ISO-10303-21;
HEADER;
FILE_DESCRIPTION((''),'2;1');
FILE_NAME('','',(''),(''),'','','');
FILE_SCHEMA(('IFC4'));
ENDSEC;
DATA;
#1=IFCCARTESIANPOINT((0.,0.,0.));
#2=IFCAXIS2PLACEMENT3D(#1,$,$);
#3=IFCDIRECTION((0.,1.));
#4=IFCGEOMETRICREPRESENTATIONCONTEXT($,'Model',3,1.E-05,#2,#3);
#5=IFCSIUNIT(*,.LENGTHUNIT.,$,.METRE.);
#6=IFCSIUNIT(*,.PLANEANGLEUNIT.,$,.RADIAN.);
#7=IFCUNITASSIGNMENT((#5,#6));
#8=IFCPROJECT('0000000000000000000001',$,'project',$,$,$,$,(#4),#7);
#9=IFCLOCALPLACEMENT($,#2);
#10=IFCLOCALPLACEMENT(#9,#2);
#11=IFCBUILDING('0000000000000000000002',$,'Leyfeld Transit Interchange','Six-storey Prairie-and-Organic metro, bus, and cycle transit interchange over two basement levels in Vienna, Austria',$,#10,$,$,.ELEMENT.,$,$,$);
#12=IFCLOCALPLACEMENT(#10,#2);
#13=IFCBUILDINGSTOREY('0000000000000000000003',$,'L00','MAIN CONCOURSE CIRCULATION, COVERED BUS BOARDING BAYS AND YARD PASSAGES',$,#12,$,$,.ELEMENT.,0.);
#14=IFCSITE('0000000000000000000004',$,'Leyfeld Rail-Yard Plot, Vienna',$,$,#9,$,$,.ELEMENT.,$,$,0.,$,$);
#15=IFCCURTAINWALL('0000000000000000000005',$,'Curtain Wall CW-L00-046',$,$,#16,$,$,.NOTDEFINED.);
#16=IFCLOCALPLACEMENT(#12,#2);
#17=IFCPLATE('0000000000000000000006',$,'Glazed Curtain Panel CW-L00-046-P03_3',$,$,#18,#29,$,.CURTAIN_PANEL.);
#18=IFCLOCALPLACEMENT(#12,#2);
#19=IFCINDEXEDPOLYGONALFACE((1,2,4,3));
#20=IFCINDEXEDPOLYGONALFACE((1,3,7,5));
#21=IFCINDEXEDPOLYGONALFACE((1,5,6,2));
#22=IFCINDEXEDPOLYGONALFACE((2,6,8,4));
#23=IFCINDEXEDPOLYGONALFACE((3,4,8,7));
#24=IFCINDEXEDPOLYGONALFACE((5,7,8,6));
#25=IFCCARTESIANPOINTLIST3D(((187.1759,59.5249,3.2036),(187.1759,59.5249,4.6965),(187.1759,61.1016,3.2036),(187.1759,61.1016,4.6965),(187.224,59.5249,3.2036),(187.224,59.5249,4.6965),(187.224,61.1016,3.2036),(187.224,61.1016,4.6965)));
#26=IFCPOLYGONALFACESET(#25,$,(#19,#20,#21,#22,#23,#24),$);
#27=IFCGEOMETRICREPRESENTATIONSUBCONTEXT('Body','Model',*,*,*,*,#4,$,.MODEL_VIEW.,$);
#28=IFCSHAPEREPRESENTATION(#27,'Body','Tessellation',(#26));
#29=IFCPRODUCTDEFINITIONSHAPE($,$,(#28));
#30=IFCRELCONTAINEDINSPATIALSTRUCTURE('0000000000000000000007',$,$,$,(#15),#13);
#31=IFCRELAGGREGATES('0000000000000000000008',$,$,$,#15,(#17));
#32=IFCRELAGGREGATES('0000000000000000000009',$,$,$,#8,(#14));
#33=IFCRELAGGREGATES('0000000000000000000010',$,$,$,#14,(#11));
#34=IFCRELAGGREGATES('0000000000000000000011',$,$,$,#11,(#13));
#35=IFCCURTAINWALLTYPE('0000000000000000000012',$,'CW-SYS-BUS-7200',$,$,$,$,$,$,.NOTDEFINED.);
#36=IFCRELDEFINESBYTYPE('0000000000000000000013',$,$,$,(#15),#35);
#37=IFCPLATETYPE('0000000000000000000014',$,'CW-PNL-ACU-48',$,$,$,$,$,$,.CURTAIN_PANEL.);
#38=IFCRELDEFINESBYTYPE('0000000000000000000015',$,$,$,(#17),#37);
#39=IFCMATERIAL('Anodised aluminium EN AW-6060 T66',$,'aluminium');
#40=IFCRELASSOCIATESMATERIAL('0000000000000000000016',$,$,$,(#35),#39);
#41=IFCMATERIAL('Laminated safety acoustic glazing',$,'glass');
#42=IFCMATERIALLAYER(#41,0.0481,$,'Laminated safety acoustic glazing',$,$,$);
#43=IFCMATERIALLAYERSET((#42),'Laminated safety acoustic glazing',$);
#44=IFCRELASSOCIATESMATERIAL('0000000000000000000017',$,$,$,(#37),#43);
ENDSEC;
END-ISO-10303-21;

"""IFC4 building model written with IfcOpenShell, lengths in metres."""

from ifc_helpers import new_model, si_unit, direction, frame, origin, origin_2d, place, context, subcontext, project, spatial, rectangle, extrude, material, layer, layer_set, type_object, element, aggregate, save


model = new_model("IFC4")

# Units and contexts
model_context = context("Model", 3, precision=1e-05, world=origin(), true_north=direction((0.0, 1.0)))
body_context = subcontext(model_context, "Body", "Model", "MODEL_VIEW")
ifc_project = project(units=[si_unit("LENGTHUNIT", "METRE"), si_unit("PLANEANGLEUNIT", "RADIAN")], contexts=[model_context])

# Site, building, storey
site_placement = place(None, origin())
site = spatial("IfcSite", under=ifc_project, at=site_placement, Name="Leyfeld Rail-Yard Plot, Vienna", CompositionType="ELEMENT", RefElevation=0.0)
building_placement = place(site_placement, origin())
building = spatial("IfcBuilding", under=site, at=building_placement, Name="Leyfeld Transit Interchange", Description="Six-storey Prairie-and-Organic metro, bus, and cycle transit interchange over two basement levels in Vienna, Austria", CompositionType="ELEMENT")
storey_placement = place(building_placement, origin())
storey = spatial("IfcBuildingStorey", under=building, at=storey_placement, Name="L00", Description="MAIN CONCOURSE CIRCULATION, COVERED BUS BOARDING BAYS AND YARD PASSAGES", CompositionType="ELEMENT", Elevation=0.0)

# Curtain wall, plate
ifc_material_1 = material(Name="Anodised aluminium EN AW-6060 T66", Category="aluminium")
curtain_wall_type = type_object("IfcCurtainWallType", Name="CW-SYS-BUS-7200", PredefinedType="NOTDEFINED", material=ifc_material_1)
curtain_wall_placement = place(storey_placement, origin())
curtain_wall = element("IfcCurtainWall", 1, at=curtain_wall_placement, inside=storey, type_object=curtain_wall_type, Name="Curtain Wall CW-L00-046", PredefinedType="NOTDEFINED")
ifc_material_2 = material(Name="Laminated safety acoustic glazing", Category="glass")
ifc_layer = layer(ifc_material_2, 0.0481, Name="Laminated safety acoustic glazing")
ifc_layer_set = layer_set([ifc_layer], Name="Laminated safety acoustic glazing")
plate_type = type_object("IfcPlateType", Name="CW-PNL-ACU-48", PredefinedType="CURTAIN_PANEL", material=ifc_layer_set)
plate_1_placement = place(storey_placement, frame((187.2, 60.3132, 3.2036), z_axis=(0.0, 0.0, 1.0), x_axis=(0.0, -1.0, 0.0)))
plate_1 = element("IfcPlate", 2, at=plate_1_placement, type_object=plate_type, Name="Glazed Curtain Panel CW-L00-046-P03_3", PredefinedType="CURTAIN_PANEL", context=body_context, shape_type="SweptSolid", body=[
    extrude(rectangle(XDim=1.5767, YDim=0.0481, at=origin_2d()), origin(), (0.0, 0.0, 1.0), 1.4929),
])
aggregate(curtain_wall, [plate_1])

save(model, "model.ifc")
